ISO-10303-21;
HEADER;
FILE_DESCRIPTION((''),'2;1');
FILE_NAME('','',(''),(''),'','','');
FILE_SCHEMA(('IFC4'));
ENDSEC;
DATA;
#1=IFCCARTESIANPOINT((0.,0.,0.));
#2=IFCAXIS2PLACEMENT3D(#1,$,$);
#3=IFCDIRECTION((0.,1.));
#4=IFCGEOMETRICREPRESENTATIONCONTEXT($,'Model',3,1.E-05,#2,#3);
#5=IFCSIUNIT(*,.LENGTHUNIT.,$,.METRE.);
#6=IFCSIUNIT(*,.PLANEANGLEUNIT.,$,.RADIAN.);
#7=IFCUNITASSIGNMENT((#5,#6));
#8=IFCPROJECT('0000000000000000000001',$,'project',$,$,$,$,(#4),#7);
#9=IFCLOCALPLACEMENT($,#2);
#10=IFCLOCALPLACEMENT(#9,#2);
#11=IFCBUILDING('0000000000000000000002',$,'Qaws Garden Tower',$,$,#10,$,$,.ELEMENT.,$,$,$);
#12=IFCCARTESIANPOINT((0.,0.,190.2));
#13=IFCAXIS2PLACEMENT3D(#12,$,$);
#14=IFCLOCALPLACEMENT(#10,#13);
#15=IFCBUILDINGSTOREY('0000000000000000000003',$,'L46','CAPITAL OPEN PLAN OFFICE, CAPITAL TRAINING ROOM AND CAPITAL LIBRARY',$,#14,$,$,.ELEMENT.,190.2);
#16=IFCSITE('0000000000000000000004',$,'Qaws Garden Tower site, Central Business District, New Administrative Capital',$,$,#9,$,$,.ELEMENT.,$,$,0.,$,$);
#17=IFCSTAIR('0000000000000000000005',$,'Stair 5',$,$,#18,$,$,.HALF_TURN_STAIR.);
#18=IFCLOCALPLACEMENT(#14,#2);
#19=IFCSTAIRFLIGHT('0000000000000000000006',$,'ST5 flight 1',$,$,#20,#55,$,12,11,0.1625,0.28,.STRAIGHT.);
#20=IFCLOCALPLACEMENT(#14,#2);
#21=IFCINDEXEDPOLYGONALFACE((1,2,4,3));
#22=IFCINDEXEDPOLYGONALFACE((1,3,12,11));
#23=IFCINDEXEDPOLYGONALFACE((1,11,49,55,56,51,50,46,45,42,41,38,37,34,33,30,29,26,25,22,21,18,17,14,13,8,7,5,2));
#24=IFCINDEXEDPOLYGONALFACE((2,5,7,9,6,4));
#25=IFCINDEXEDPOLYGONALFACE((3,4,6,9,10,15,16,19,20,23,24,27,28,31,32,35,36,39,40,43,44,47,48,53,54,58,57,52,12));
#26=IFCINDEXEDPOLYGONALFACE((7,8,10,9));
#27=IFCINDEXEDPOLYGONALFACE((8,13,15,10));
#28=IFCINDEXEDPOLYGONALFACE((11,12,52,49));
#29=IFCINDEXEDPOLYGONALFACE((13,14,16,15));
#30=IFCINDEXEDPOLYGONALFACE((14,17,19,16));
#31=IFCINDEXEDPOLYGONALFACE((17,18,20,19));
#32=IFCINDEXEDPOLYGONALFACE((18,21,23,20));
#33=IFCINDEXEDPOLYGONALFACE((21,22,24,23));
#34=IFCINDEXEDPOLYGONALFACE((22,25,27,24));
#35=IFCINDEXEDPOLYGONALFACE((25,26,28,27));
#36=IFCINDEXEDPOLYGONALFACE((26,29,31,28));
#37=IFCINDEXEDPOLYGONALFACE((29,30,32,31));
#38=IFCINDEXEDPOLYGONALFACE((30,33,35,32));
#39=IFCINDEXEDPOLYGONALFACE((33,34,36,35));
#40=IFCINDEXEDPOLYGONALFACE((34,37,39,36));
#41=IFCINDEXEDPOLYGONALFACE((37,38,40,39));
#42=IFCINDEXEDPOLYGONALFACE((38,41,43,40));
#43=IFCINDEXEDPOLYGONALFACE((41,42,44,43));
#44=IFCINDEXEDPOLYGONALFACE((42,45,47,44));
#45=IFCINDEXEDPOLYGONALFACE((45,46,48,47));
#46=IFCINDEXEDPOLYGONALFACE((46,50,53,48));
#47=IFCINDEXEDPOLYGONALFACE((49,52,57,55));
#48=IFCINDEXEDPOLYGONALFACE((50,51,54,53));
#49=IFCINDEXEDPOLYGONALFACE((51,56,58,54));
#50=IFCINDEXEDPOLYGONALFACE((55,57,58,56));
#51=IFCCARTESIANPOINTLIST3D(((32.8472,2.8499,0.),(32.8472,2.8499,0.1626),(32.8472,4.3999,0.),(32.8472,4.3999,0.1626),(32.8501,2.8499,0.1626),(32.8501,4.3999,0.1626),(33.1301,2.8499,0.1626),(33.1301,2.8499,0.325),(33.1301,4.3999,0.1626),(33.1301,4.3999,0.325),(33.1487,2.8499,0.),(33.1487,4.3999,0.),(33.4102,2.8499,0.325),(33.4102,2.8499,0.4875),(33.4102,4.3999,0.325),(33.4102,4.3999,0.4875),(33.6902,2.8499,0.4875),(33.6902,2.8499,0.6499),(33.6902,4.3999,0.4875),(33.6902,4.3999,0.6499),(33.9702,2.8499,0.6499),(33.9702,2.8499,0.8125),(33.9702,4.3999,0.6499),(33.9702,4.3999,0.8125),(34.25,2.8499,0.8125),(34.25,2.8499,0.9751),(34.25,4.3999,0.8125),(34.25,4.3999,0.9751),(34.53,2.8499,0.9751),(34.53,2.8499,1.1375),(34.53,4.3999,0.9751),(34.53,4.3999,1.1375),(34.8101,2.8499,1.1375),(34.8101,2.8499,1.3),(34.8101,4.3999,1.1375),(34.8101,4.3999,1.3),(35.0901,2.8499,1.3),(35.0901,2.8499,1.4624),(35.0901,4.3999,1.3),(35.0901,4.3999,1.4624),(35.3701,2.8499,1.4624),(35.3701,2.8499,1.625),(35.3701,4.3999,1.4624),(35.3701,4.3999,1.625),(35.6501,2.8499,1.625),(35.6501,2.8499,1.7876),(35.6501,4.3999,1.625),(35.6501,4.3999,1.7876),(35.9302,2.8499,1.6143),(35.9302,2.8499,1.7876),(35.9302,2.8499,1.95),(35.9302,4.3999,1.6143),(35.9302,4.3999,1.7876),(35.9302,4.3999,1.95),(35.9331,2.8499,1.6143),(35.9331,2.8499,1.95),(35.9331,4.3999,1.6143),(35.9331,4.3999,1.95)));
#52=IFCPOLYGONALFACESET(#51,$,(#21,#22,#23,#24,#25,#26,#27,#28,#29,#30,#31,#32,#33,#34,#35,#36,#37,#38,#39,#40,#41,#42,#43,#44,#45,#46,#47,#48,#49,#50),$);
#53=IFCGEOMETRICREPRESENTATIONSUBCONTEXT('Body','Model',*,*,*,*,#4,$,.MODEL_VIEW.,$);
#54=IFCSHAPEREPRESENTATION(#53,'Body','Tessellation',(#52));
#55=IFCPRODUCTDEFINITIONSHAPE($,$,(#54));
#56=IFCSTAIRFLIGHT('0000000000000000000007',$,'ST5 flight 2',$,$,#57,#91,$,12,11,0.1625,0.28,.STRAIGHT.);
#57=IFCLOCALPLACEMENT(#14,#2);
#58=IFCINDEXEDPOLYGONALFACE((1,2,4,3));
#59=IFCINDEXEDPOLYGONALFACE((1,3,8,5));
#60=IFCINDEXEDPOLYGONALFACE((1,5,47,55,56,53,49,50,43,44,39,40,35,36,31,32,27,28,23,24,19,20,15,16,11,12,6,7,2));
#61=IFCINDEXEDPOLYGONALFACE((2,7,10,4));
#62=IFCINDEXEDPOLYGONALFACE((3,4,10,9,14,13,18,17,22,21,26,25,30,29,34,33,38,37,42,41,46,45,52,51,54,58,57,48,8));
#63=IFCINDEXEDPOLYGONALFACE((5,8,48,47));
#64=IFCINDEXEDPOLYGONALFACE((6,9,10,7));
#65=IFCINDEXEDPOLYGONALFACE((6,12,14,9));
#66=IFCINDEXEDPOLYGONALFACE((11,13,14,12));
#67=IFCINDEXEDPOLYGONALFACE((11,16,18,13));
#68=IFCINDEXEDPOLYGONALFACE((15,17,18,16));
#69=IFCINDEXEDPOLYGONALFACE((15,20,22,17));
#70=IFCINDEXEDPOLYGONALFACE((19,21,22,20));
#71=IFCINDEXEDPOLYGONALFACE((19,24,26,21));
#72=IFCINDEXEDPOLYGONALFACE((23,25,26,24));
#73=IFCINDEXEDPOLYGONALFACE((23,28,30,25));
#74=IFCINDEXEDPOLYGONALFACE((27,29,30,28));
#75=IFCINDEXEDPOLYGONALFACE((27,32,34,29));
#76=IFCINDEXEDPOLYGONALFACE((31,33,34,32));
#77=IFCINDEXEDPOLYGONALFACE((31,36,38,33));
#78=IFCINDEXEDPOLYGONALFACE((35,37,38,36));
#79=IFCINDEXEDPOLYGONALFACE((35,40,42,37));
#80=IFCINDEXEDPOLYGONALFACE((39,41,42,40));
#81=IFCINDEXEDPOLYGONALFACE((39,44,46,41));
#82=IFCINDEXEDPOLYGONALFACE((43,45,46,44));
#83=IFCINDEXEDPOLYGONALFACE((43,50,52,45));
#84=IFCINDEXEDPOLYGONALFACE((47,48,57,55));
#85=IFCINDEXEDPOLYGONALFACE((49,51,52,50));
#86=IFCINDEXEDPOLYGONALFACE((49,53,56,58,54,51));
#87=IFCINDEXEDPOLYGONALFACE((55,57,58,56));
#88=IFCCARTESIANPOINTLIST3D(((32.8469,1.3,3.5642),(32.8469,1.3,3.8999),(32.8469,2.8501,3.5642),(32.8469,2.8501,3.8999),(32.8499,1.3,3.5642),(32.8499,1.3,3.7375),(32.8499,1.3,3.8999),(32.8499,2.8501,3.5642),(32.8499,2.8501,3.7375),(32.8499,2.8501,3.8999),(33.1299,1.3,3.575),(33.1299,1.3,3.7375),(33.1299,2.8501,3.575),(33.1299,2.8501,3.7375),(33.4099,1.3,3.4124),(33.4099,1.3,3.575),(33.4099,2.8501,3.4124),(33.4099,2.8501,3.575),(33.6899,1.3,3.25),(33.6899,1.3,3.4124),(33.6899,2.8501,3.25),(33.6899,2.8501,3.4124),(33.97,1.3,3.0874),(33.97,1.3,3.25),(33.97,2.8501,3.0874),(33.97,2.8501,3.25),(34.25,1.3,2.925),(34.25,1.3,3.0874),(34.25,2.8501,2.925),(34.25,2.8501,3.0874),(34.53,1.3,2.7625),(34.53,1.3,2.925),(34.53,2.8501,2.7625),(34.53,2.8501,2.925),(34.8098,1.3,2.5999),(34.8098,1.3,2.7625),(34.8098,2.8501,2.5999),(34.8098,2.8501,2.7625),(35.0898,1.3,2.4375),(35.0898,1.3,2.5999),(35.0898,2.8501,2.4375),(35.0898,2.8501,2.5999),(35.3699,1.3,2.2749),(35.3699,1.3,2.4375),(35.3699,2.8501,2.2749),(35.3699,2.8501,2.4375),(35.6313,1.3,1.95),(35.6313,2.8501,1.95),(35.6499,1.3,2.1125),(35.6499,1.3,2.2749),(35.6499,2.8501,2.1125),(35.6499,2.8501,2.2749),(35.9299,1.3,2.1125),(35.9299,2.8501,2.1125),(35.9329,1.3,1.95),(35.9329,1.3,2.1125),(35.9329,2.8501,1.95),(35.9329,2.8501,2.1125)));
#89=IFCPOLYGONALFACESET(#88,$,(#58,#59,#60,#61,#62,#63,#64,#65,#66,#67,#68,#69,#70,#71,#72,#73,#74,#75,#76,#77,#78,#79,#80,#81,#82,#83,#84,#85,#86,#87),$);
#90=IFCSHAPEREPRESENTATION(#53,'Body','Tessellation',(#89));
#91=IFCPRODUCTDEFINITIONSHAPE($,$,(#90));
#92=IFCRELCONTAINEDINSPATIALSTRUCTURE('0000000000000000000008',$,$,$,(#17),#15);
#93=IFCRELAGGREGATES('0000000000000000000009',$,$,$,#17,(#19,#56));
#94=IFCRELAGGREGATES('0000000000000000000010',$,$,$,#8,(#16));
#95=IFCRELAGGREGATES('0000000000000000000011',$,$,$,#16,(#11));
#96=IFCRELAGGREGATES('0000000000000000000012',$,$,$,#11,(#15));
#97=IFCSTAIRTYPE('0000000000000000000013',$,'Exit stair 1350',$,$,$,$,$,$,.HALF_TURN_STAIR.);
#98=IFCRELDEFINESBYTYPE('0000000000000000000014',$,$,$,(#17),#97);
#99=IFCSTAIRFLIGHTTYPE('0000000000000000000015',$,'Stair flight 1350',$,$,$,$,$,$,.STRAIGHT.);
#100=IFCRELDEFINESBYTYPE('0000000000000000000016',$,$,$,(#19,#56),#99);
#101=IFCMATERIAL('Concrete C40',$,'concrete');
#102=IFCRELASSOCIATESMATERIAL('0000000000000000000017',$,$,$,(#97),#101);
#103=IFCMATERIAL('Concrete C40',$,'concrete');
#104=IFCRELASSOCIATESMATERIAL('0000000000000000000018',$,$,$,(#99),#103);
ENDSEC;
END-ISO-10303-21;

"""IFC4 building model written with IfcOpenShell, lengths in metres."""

from ifc_helpers import new_model, si_unit, direction, frame, origin, place, context, subcontext, project, spatial, polyline, outline, extrude, material, type_object, element, aggregate, save


model = new_model("IFC4")

# Units and contexts
model_context = context("Model", 3, precision=1e-05, world=origin(), true_north=direction((0.0, 1.0)))
body_context = subcontext(model_context, "Body", "Model", "MODEL_VIEW")
ifc_project = project(units=[si_unit("LENGTHUNIT", "METRE"), si_unit("PLANEANGLEUNIT", "RADIAN")], contexts=[model_context])

# Site, building, storey
site_placement = place(None, origin())
site = spatial("IfcSite", under=ifc_project, at=site_placement, Name="Qaws Garden Tower site, Central Business District, New Administrative Capital", CompositionType="ELEMENT", RefElevation=0.0)
building_placement = place(site_placement, origin())
building = spatial("IfcBuilding", under=site, at=building_placement, Name="Qaws Garden Tower", CompositionType="ELEMENT")
storey_placement = place(building_placement, frame((0.0, 0.0, 190.2)))
storey = spatial("IfcBuildingStorey", under=building, at=storey_placement, Name="L46", Description="CAPITAL OPEN PLAN OFFICE, CAPITAL TRAINING ROOM AND CAPITAL LIBRARY", CompositionType="ELEMENT", Elevation=190.2)

# Stair, stair flights
ifc_material_1 = material(Name="Concrete C40", Category="concrete")
stair_type = type_object("IfcStairType", Name="Exit stair 1350", PredefinedType="HALF_TURN_STAIR", material=ifc_material_1)
stair_placement = place(storey_placement, origin())
stair = element("IfcStair", 1, at=stair_placement, inside=storey, type_object=stair_type, Name="Stair 5", PredefinedType="HALF_TURN_STAIR")
ifc_material_2 = material(Name="Concrete C40", Category="concrete")
stair_flight_type = type_object("IfcStairFlightType", Name="Stair flight 1350", PredefinedType="STRAIGHT", material=ifc_material_2)
stair_flight_1_placement = place(storey_placement, frame((32.8501, 3.625, 0.0), z_axis=(0.0, 0.0, 1.0), x_axis=(1.0, 0.0, 0.0)))
stair_flight_1 = element("IfcStairFlight", 2, at=stair_flight_1_placement, type_object=stair_flight_type, Name="ST5 flight 1", NumberOfRisers=12, NumberOfTreads=11, PredefinedType="STRAIGHT", RiserHeight=0.1625, TreadLength=0.28, context=body_context, shape_type="SweptSolid", body=[
    extrude(outline(polyline([(-0.0029, 0.0), (-0.0029, 0.1626), (0.0, 0.1626), (0.28, 0.1626), (0.28, 0.325), (0.5601, 0.325), (0.5601, 0.4875), (0.8401, 0.4875), (0.8401, 0.6499), (1.1201, 0.6499), (1.1201, 0.8125), (1.3999, 0.8125), (1.3999, 0.9751), (1.6799, 0.9751), (1.6799, 1.1375), (1.96, 1.1375), (1.96, 1.3), (2.24, 1.3), (2.24, 1.4624), (2.52, 1.4624), (2.52, 1.625), (2.8, 1.625), (2.8, 1.7876), (3.0801, 1.7876), (3.0801, 1.95), (3.083, 1.95), (3.083, 1.6143), (3.0801, 1.6143), (0.2986, 0.0), (-0.0029, 0.0)])), frame((0.0, 0.7749, 0.0), z_axis=(0.0, -1.0, 0.0), x_axis=(1.0, 0.0, 0.0)), (0.0, 0.0, 1.0), 1.55),
])
stair_flight_2_placement = place(storey_placement, frame((35.9299, 2.075, 1.95), z_axis=(0.0, 0.0, 1.0), x_axis=(-1.0, 0.0, 0.0)))
stair_flight_2 = element("IfcStairFlight", 3, at=stair_flight_2_placement, type_object=stair_flight_type, Name="ST5 flight 2", NumberOfRisers=12, NumberOfTreads=11, PredefinedType="STRAIGHT", RiserHeight=0.1625, TreadLength=0.28, context=body_context, shape_type="SweptSolid", body=[
    extrude(outline(polyline([(-0.0029, 0.0), (-0.0029, 0.1626), (0.0, 0.1626), (0.28, 0.1626), (0.28, 0.325), (0.5601, 0.325), (0.5601, 0.4875), (0.8401, 0.4875), (0.8401, 0.6499), (1.1201, 0.6499), (1.1201, 0.8125), (1.3999, 0.8125), (1.3999, 0.9751), (1.6799, 0.9751), (1.6799, 1.1375), (1.96, 1.1375), (1.96, 1.3), (2.24, 1.3), (2.24, 1.4624), (2.52, 1.4624), (2.52, 1.625), (2.8, 1.625), (2.8, 1.7876), (3.0801, 1.7876), (3.0801, 1.95), (3.083, 1.95), (3.083, 1.6143), (3.0801, 1.6143), (0.2986, 0.0), (-0.0029, 0.0)])), frame((0.0, 0.7749, 0.0), z_axis=(0.0, -1.0, 0.0), x_axis=(1.0, 0.0, 0.0)), (0.0, 0.0, 1.0), 1.55),
])
aggregate(stair, [stair_flight_1, stair_flight_2])

save(model, "model.ifc")
